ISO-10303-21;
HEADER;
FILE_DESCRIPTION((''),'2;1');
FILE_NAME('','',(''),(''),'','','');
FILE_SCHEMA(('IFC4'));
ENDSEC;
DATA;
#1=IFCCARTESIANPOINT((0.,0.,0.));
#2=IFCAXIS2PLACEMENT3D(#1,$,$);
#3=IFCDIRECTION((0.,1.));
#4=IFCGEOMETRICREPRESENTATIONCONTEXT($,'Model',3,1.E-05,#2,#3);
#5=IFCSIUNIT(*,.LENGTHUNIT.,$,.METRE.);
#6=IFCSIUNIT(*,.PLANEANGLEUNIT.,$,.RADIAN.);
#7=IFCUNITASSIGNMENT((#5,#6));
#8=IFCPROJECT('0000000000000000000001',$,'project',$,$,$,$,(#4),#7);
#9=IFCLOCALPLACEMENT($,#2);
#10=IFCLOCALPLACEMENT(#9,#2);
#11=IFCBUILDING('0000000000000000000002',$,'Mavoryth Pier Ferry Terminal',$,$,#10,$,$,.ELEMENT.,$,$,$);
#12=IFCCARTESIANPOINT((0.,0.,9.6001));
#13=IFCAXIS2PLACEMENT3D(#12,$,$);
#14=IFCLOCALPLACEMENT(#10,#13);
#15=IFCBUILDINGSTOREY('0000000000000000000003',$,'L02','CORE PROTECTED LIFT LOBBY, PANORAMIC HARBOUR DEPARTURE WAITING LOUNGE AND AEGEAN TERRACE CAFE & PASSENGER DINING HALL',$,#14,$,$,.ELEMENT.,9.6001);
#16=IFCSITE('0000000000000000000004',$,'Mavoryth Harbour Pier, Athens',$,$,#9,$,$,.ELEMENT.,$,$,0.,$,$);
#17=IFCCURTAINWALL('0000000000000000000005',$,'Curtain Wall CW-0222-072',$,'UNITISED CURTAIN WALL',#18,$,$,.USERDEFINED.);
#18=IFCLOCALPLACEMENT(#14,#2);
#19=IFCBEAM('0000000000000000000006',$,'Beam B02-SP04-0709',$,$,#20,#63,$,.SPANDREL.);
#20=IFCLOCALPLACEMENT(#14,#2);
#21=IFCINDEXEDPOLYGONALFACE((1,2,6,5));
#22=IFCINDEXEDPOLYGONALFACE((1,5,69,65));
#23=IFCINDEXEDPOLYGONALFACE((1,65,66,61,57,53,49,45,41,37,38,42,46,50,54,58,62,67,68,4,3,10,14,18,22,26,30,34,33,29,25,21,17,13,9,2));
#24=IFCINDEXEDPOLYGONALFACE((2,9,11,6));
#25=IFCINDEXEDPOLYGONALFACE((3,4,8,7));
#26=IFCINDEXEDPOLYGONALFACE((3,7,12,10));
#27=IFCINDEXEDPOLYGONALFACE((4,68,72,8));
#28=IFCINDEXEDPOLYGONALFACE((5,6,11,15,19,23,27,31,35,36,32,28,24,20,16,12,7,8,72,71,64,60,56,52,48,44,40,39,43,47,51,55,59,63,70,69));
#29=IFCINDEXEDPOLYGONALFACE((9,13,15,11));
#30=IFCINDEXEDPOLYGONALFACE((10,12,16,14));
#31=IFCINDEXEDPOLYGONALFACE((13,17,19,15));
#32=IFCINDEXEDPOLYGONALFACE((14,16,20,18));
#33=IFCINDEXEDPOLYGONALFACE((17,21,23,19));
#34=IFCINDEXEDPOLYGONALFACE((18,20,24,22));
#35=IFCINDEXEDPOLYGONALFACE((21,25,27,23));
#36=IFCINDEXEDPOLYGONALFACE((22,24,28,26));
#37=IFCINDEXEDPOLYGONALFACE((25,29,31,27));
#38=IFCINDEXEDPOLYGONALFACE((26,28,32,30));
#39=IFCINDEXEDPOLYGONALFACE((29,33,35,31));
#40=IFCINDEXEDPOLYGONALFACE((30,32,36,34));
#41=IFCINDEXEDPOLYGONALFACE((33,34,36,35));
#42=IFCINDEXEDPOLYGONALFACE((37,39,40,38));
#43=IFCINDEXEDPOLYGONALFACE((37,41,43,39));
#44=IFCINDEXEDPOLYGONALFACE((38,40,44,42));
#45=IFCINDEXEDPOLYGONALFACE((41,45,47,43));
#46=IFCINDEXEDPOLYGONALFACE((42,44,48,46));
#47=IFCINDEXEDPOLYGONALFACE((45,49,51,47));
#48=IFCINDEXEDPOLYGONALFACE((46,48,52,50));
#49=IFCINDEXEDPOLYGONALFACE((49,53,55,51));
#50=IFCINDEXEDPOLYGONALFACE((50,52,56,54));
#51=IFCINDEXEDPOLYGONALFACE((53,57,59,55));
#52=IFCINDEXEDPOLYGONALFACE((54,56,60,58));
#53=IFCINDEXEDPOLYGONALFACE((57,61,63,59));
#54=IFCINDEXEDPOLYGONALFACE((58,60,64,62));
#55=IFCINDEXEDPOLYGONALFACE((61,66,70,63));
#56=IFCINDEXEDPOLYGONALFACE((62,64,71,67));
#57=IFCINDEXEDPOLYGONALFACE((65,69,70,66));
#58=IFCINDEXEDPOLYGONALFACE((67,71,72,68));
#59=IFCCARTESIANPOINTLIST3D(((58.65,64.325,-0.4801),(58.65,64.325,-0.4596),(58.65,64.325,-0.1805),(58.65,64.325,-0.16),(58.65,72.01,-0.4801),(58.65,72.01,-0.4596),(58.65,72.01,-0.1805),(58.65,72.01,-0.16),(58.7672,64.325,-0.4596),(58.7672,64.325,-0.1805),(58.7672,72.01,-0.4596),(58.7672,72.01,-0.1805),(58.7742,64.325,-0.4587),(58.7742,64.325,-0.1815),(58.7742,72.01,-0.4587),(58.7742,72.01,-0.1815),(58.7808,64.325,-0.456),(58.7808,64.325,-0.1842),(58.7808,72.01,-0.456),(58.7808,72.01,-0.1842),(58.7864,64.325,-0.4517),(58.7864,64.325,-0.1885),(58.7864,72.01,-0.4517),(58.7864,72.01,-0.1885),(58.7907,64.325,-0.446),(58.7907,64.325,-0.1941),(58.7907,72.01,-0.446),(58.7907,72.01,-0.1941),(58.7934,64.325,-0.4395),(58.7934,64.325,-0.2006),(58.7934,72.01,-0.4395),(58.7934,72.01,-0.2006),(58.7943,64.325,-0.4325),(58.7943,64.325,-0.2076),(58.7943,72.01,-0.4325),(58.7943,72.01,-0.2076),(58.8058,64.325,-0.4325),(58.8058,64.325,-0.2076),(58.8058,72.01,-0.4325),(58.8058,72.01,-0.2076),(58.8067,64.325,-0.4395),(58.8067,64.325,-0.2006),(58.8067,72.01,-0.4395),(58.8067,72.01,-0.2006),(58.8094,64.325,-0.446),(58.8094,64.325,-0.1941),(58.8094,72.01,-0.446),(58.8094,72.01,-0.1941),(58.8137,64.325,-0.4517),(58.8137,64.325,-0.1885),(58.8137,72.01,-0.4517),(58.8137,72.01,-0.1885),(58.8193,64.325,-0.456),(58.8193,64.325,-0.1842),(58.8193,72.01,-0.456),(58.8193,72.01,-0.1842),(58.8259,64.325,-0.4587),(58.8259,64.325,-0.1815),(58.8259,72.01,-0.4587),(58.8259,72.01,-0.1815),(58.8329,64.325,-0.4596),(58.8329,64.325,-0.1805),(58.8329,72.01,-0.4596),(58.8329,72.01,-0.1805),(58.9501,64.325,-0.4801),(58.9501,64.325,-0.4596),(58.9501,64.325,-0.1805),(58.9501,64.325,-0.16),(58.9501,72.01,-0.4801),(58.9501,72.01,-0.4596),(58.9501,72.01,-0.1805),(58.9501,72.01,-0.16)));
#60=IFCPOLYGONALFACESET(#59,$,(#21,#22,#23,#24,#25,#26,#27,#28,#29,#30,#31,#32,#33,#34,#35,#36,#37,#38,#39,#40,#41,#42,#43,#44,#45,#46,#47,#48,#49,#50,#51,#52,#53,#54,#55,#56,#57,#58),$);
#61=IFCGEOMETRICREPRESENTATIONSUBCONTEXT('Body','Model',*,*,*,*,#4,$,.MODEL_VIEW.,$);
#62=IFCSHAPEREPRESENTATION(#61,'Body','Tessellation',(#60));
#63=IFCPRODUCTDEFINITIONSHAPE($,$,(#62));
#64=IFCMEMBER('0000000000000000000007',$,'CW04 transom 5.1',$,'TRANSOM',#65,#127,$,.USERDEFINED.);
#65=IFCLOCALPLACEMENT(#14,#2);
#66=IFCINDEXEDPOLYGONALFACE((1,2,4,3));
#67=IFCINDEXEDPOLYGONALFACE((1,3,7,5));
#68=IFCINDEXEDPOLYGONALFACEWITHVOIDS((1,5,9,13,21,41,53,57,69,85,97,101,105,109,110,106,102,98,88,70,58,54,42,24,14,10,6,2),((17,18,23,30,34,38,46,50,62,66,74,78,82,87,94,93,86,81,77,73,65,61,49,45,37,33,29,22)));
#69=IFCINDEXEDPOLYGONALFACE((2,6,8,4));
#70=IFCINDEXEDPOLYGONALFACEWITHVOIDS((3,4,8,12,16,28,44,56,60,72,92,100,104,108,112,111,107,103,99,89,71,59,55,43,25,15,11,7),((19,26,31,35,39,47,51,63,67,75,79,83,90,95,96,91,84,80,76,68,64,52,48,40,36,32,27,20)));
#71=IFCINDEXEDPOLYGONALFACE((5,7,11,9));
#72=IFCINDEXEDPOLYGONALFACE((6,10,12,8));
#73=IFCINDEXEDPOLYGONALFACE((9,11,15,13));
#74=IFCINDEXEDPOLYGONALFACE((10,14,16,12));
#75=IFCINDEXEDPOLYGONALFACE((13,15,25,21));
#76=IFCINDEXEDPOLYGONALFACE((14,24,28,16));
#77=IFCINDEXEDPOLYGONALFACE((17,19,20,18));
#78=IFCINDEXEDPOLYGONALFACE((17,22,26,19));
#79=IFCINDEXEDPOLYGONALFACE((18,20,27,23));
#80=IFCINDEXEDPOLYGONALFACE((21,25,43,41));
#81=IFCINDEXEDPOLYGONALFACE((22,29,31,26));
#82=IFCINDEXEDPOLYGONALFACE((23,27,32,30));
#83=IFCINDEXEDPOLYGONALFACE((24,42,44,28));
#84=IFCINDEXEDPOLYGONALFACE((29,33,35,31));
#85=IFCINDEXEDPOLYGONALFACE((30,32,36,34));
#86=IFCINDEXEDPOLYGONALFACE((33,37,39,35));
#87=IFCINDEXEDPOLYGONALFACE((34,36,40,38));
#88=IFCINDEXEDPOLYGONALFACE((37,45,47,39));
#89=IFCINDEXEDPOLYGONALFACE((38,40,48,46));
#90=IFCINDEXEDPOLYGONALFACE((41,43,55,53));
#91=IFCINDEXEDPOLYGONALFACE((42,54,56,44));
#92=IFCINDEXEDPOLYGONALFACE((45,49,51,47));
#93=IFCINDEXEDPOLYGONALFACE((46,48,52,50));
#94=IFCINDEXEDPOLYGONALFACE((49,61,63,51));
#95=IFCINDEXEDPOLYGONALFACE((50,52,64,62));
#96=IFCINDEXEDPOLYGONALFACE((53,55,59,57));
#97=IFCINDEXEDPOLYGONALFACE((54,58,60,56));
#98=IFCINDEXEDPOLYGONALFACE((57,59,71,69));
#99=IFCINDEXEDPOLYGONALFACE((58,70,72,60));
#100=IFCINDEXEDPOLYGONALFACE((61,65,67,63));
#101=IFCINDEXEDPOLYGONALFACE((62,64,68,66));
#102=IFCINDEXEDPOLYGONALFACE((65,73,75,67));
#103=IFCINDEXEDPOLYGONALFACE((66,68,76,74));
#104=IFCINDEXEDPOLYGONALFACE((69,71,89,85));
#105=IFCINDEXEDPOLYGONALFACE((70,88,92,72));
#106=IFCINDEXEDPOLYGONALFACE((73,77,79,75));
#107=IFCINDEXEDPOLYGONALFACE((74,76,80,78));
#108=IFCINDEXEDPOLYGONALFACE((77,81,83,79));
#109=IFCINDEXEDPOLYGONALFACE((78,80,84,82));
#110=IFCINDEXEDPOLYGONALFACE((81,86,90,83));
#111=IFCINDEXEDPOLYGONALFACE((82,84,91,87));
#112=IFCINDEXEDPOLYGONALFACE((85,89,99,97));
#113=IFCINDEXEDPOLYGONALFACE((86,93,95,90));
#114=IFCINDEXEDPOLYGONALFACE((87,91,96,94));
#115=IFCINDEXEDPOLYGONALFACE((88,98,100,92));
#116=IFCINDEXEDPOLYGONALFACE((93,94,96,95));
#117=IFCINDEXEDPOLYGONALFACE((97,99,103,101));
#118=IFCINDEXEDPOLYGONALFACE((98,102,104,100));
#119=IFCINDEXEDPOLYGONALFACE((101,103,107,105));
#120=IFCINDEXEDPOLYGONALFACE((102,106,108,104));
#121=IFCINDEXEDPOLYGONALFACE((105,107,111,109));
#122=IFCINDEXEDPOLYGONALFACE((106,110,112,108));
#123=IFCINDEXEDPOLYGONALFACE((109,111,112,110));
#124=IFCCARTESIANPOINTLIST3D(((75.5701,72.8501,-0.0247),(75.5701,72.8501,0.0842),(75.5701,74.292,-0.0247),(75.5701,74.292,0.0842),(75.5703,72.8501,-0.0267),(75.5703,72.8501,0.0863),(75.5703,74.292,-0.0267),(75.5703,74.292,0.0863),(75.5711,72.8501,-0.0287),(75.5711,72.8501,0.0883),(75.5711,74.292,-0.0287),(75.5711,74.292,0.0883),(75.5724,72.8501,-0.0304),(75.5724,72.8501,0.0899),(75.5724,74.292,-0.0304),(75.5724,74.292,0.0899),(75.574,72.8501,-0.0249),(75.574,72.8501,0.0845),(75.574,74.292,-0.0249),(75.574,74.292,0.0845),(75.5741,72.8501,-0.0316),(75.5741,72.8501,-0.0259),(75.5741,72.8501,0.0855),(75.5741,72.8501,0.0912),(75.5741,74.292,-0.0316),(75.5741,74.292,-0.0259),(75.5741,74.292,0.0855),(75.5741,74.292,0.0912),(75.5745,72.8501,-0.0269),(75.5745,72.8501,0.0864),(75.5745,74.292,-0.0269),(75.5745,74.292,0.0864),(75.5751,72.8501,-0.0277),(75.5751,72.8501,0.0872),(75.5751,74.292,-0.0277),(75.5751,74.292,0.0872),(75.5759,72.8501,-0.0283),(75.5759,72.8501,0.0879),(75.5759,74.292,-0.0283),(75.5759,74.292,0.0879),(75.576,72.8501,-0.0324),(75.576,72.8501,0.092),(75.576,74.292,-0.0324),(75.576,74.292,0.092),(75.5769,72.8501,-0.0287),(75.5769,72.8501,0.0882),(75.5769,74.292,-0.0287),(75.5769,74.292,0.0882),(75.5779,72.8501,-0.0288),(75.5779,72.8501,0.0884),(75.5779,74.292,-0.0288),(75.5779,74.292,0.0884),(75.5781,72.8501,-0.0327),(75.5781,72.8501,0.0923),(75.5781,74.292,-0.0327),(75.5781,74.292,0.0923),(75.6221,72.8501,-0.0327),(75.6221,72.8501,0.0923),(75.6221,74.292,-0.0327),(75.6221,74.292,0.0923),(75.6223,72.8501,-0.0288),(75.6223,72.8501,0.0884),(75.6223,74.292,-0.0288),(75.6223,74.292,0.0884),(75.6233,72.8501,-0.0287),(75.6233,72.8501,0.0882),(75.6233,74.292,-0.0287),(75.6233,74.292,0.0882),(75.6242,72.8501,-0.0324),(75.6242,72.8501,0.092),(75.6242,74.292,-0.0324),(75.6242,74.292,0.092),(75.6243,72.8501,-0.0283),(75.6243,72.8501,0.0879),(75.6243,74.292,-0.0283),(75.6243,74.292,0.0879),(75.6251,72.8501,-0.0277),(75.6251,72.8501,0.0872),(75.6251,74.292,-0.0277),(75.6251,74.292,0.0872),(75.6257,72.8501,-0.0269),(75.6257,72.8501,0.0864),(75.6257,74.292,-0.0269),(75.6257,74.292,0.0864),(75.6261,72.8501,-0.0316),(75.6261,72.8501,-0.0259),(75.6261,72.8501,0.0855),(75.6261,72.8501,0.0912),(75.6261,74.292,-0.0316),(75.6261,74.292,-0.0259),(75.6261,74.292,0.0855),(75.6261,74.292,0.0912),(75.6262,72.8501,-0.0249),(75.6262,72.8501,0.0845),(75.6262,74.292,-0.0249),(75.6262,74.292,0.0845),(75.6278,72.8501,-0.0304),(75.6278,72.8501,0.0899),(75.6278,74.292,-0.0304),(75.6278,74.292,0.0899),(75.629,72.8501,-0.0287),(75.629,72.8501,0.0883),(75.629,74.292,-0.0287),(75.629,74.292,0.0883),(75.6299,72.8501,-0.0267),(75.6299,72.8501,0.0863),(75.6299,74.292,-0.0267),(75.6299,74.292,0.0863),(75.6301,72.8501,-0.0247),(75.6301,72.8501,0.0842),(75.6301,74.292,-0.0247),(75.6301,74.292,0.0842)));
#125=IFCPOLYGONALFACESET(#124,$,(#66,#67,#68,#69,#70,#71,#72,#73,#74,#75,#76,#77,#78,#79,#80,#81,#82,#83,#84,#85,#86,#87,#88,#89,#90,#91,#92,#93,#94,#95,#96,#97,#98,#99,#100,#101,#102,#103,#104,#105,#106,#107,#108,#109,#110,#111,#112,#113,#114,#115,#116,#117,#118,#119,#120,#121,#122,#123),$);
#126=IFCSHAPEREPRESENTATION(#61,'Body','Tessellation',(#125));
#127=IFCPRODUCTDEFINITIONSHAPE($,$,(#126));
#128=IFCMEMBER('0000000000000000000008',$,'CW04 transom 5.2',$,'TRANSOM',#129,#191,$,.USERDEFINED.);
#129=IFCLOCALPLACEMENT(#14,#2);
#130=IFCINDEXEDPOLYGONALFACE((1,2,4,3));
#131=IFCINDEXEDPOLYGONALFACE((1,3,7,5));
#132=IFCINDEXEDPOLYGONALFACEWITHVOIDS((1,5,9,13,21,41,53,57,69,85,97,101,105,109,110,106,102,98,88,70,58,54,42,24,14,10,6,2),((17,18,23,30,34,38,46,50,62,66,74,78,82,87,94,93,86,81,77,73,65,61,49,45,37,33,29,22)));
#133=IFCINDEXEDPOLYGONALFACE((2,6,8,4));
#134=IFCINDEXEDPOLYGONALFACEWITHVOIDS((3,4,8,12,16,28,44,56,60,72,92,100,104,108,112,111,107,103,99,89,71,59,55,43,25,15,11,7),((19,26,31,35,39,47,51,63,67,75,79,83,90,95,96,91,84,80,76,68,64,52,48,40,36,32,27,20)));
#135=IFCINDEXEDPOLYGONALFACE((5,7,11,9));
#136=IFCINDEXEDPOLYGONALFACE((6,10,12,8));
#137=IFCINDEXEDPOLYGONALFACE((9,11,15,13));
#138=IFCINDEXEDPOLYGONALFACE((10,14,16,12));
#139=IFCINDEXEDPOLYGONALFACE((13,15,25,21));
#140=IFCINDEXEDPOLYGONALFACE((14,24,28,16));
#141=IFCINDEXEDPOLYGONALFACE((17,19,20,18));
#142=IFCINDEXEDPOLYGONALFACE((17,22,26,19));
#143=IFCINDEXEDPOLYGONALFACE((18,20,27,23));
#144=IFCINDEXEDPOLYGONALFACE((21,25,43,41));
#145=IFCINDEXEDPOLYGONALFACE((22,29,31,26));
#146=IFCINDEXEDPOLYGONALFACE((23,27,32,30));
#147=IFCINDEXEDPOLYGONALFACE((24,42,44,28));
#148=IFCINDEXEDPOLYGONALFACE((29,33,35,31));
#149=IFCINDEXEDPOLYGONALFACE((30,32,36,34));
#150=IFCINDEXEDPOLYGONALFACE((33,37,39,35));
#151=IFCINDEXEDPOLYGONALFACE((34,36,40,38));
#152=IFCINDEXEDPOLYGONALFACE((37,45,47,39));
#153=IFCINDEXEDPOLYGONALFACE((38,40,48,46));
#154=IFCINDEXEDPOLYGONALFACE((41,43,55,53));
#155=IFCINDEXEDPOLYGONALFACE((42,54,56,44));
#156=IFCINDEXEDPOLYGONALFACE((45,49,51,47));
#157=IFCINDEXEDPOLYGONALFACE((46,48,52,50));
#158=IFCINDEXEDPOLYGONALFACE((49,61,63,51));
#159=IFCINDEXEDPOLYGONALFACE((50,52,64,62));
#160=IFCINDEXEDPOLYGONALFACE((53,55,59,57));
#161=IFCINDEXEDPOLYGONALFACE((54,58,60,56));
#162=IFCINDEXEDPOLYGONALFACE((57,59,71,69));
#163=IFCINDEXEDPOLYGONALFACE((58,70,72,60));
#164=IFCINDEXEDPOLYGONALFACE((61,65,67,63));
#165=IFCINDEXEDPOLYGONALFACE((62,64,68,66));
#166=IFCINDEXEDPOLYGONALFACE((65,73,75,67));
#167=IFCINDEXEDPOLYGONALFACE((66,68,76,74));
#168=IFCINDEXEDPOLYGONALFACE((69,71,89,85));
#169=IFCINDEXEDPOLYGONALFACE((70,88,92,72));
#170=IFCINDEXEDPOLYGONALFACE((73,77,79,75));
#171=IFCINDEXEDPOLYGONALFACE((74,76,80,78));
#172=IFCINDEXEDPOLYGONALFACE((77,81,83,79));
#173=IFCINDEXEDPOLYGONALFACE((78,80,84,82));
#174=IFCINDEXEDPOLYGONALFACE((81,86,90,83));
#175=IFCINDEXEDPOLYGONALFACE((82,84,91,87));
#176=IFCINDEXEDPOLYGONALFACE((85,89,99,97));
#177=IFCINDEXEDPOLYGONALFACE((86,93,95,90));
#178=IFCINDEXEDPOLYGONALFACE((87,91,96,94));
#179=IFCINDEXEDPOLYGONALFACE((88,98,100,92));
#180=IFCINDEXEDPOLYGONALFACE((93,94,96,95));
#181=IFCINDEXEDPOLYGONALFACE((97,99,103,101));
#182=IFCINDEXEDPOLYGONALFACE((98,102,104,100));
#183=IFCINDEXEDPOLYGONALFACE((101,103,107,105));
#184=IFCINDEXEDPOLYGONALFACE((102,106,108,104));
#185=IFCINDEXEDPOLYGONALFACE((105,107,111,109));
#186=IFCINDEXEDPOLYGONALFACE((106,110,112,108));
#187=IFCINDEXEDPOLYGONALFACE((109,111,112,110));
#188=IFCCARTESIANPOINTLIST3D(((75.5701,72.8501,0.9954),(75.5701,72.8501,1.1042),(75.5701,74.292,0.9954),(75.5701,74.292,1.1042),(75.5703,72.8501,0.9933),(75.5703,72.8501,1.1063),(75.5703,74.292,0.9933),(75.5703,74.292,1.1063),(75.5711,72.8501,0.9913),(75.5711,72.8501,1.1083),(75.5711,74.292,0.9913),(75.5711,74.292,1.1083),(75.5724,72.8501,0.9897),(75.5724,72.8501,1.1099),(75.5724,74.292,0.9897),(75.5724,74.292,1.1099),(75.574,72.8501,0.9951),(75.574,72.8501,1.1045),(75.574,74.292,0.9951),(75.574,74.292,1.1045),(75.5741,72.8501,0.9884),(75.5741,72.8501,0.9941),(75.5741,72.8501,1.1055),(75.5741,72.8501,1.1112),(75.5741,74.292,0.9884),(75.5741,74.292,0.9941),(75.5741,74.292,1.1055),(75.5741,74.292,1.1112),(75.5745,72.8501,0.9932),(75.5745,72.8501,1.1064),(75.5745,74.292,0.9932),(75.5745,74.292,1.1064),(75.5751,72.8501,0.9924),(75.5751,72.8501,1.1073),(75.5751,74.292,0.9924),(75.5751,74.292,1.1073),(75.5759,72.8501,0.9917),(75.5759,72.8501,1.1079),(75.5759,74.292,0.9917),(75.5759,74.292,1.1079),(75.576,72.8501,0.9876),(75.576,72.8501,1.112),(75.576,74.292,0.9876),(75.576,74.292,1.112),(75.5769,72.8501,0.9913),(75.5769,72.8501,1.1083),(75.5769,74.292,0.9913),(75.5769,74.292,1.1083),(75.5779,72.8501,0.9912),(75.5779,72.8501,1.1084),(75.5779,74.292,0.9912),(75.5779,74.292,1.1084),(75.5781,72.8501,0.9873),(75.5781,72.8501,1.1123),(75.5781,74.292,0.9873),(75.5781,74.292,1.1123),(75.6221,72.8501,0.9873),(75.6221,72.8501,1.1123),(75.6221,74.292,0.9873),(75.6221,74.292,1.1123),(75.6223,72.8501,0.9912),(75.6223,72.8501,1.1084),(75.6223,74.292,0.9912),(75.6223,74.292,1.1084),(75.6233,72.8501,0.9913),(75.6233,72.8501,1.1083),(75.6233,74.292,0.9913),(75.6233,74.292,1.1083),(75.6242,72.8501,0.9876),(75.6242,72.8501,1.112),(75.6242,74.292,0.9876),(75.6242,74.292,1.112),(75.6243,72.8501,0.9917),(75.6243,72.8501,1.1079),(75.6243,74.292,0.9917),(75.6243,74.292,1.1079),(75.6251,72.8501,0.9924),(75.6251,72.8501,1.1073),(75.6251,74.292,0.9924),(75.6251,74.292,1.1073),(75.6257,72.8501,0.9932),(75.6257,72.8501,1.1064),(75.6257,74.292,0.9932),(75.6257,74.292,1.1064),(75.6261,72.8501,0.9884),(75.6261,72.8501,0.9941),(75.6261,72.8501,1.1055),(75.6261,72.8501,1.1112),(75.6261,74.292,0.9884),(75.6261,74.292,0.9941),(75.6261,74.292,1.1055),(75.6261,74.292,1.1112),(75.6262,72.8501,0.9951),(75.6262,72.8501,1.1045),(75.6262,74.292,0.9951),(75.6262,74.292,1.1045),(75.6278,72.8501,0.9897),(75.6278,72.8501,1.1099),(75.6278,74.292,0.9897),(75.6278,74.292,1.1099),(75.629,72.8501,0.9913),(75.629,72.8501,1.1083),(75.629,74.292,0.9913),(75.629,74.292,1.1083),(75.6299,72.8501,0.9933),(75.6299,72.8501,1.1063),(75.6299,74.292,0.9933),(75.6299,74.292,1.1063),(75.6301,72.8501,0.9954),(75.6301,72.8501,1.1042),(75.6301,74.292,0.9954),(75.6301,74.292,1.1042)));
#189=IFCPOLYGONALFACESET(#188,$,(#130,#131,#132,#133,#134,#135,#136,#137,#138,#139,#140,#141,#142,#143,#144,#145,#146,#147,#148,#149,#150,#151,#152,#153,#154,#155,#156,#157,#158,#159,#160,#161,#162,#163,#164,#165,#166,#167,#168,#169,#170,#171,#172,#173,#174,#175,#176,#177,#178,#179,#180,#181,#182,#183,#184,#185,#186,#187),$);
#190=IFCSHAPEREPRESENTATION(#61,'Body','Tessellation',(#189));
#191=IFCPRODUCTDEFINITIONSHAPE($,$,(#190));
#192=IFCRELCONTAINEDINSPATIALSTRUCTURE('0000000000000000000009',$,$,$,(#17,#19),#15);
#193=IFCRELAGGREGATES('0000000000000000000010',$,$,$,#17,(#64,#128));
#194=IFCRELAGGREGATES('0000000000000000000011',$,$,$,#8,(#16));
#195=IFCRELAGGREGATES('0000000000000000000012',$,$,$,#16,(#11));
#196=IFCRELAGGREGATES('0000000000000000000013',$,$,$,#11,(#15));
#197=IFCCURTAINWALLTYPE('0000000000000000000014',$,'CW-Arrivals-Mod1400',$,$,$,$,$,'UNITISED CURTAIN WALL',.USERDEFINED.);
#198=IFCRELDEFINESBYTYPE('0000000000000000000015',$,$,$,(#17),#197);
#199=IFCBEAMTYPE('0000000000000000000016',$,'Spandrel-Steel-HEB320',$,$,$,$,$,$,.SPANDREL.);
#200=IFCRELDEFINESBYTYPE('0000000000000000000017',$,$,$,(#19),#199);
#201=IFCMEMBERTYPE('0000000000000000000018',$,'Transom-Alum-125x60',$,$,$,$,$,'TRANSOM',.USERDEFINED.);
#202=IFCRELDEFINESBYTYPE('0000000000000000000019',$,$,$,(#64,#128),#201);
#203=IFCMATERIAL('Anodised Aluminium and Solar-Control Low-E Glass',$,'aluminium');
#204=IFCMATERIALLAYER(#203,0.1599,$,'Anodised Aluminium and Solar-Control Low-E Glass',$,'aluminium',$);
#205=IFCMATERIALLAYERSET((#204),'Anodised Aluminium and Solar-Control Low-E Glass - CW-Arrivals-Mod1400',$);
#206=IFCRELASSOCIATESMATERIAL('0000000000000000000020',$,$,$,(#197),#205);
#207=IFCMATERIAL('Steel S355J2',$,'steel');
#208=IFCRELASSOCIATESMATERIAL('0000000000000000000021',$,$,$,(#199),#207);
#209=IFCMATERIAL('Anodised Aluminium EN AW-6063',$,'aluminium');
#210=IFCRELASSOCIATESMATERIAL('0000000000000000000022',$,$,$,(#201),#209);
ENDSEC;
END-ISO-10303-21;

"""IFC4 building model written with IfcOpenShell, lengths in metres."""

from ifc_helpers import new_model, si_unit, direction, frame, origin, origin_2d, place, context, subcontext, project, spatial, hollow_rectangle, i_section, extrude, material, layer, layer_set, material_profile, profile_set, type_object, element, aggregate, save


model = new_model("IFC4")

# Units and contexts
model_context = context("Model", 3, precision=1e-05, world=origin(), true_north=direction((0.0, 1.0)))
body_context = subcontext(model_context, "Body", "Model", "MODEL_VIEW")
ifc_project = project(units=[si_unit("LENGTHUNIT", "METRE"), si_unit("PLANEANGLEUNIT", "RADIAN")], contexts=[model_context])

# Site, building, storey
site_placement = place(None, origin())
site = spatial("IfcSite", under=ifc_project, at=site_placement, Name="Mavoryth Harbour Pier, Athens", CompositionType="ELEMENT", RefElevation=0.0)
building_placement = place(site_placement, origin())
building = spatial("IfcBuilding", under=site, at=building_placement, Name="Mavoryth Pier Ferry Terminal", CompositionType="ELEMENT")
storey_placement = place(building_placement, frame((0.0, 0.0, 9.6001)))
storey = spatial("IfcBuildingStorey", under=building, at=storey_placement, Name="L02", Description="CORE PROTECTED LIFT LOBBY, PANORAMIC HARBOUR DEPARTURE WAITING LOUNGE AND AEGEAN TERRACE CAFE & PASSENGER DINING HALL", CompositionType="ELEMENT", Elevation=9.6001)

# Shared definitions
ifc_material_1 = material(Name="Steel S355J2", Category="steel")

# Curtain wall
ifc_material_2 = material(Name="Anodised Aluminium and Solar-Control Low-E Glass", Category="aluminium")
ifc_layer_1 = layer(ifc_material_2, 0.1599, Name="Anodised Aluminium and Solar-Control Low-E Glass", Category="aluminium")
ifc_layer_set_1 = layer_set([ifc_layer_1], Name="Anodised Aluminium and Solar-Control Low-E Glass - CW-Arrivals-Mod1400")
curtain_wall_type = type_object("IfcCurtainWallType", Name="CW-Arrivals-Mod1400", ElementType="UNITISED CURTAIN WALL", PredefinedType="USERDEFINED", material=ifc_layer_set_1)
curtain_wall_1_placement = place(storey_placement, origin())
curtain_wall_1 = element("IfcCurtainWall", 1, at=curtain_wall_1_placement, inside=storey, type_object=curtain_wall_type, Name="Curtain Wall CW-0222-072", ObjectType="UNITISED CURTAIN WALL", PredefinedType="USERDEFINED")
ifc_material_3 = material(Name="Anodised Aluminium EN AW-6063", Category="aluminium")

# Beam
ifc_material_profile_1 = material_profile(ifc_material_1, i_section(OverallWidth=0.3, OverallDepth=0.3201, WebThickness=0.0115, FlangeThickness=0.0205, FilletRadius=0.0271, at=origin_2d()), Name="HEB 320", Category="steel")
ifc_profile_set_1 = profile_set([ifc_material_profile_1], Name="Steel S355J2 - HEB 320")
beam_type_1 = type_object("IfcBeamType", Name="Spandrel-Steel-HEB320", PredefinedType="SPANDREL", material=ifc_profile_set_1)
beam_1_placement = place(storey_placement, frame((58.8, 64.325, -0.3201), z_axis=(0.0, 1.0, 0.0), x_axis=(-1.0, 0.0, 0.0)))
element("IfcBeam", 2, at=beam_1_placement, inside=storey, type_object=beam_type_1, Name="Beam B02-SP04-0709", PredefinedType="SPANDREL", context=body_context, shape_type="SweptSolid", body=[
    extrude(i_section(OverallWidth=0.3, OverallDepth=0.3201, WebThickness=0.0115, FlangeThickness=0.0205, FilletRadius=0.0271, at=origin_2d()), origin(), (0.0, 0.0, 1.0), 7.6851),
])

# Members
ifc_material_profile_2 = material_profile(ifc_material_3, hollow_rectangle(XDim=0.0601, YDim=0.125, WallThickness=0.0039, InnerFilletRadius=0.0039, OuterFilletRadius=0.0081, at=origin_2d()), Name="AL-TRAN 125x60x4", Category="aluminium")
ifc_profile_set_2 = profile_set([ifc_material_profile_2], Name="Anodised Aluminium EN AW-6063 - AL-TRAN 125x60x4")
member_type_1 = type_object("IfcMemberType", Name="Transom-Alum-125x60", ElementType="TRANSOM", PredefinedType="USERDEFINED", material=ifc_profile_set_2)
member_1_placement = place(storey_placement, frame((75.6001, 74.292, 0.0298), z_axis=(0.0, -1.0, 0.0), x_axis=(1.0, 0.0, 0.0)))
member_1 = element("IfcMember", 3, at=member_1_placement, type_object=member_type_1, Name="CW04 transom 5.1", ObjectType="TRANSOM", PredefinedType="USERDEFINED", context=body_context, shape_type="SweptSolid", body=[
    extrude(hollow_rectangle(XDim=0.0601, YDim=0.125, WallThickness=0.0039, InnerFilletRadius=0.0039, OuterFilletRadius=0.0081, at=origin_2d()), origin(), (0.0, 0.0, 1.0), 1.4419),
])
member_2_placement = place(storey_placement, frame((75.6001, 74.292, 1.0498), z_axis=(0.0, -1.0, 0.0), x_axis=(1.0, 0.0, 0.0)))
member_2 = element("IfcMember", 4, at=member_2_placement, type_object=member_type_1, Name="CW04 transom 5.2", ObjectType="TRANSOM", PredefinedType="USERDEFINED", context=body_context, shape_type="SweptSolid", body=[
    extrude(hollow_rectangle(XDim=0.0601, YDim=0.125, WallThickness=0.0039, InnerFilletRadius=0.0039, OuterFilletRadius=0.0081, at=origin_2d()), origin(), (0.0, 0.0, 1.0), 1.4419),
])

aggregate(curtain_wall_1, [member_1, member_2])

save(model, "model.ifc")
